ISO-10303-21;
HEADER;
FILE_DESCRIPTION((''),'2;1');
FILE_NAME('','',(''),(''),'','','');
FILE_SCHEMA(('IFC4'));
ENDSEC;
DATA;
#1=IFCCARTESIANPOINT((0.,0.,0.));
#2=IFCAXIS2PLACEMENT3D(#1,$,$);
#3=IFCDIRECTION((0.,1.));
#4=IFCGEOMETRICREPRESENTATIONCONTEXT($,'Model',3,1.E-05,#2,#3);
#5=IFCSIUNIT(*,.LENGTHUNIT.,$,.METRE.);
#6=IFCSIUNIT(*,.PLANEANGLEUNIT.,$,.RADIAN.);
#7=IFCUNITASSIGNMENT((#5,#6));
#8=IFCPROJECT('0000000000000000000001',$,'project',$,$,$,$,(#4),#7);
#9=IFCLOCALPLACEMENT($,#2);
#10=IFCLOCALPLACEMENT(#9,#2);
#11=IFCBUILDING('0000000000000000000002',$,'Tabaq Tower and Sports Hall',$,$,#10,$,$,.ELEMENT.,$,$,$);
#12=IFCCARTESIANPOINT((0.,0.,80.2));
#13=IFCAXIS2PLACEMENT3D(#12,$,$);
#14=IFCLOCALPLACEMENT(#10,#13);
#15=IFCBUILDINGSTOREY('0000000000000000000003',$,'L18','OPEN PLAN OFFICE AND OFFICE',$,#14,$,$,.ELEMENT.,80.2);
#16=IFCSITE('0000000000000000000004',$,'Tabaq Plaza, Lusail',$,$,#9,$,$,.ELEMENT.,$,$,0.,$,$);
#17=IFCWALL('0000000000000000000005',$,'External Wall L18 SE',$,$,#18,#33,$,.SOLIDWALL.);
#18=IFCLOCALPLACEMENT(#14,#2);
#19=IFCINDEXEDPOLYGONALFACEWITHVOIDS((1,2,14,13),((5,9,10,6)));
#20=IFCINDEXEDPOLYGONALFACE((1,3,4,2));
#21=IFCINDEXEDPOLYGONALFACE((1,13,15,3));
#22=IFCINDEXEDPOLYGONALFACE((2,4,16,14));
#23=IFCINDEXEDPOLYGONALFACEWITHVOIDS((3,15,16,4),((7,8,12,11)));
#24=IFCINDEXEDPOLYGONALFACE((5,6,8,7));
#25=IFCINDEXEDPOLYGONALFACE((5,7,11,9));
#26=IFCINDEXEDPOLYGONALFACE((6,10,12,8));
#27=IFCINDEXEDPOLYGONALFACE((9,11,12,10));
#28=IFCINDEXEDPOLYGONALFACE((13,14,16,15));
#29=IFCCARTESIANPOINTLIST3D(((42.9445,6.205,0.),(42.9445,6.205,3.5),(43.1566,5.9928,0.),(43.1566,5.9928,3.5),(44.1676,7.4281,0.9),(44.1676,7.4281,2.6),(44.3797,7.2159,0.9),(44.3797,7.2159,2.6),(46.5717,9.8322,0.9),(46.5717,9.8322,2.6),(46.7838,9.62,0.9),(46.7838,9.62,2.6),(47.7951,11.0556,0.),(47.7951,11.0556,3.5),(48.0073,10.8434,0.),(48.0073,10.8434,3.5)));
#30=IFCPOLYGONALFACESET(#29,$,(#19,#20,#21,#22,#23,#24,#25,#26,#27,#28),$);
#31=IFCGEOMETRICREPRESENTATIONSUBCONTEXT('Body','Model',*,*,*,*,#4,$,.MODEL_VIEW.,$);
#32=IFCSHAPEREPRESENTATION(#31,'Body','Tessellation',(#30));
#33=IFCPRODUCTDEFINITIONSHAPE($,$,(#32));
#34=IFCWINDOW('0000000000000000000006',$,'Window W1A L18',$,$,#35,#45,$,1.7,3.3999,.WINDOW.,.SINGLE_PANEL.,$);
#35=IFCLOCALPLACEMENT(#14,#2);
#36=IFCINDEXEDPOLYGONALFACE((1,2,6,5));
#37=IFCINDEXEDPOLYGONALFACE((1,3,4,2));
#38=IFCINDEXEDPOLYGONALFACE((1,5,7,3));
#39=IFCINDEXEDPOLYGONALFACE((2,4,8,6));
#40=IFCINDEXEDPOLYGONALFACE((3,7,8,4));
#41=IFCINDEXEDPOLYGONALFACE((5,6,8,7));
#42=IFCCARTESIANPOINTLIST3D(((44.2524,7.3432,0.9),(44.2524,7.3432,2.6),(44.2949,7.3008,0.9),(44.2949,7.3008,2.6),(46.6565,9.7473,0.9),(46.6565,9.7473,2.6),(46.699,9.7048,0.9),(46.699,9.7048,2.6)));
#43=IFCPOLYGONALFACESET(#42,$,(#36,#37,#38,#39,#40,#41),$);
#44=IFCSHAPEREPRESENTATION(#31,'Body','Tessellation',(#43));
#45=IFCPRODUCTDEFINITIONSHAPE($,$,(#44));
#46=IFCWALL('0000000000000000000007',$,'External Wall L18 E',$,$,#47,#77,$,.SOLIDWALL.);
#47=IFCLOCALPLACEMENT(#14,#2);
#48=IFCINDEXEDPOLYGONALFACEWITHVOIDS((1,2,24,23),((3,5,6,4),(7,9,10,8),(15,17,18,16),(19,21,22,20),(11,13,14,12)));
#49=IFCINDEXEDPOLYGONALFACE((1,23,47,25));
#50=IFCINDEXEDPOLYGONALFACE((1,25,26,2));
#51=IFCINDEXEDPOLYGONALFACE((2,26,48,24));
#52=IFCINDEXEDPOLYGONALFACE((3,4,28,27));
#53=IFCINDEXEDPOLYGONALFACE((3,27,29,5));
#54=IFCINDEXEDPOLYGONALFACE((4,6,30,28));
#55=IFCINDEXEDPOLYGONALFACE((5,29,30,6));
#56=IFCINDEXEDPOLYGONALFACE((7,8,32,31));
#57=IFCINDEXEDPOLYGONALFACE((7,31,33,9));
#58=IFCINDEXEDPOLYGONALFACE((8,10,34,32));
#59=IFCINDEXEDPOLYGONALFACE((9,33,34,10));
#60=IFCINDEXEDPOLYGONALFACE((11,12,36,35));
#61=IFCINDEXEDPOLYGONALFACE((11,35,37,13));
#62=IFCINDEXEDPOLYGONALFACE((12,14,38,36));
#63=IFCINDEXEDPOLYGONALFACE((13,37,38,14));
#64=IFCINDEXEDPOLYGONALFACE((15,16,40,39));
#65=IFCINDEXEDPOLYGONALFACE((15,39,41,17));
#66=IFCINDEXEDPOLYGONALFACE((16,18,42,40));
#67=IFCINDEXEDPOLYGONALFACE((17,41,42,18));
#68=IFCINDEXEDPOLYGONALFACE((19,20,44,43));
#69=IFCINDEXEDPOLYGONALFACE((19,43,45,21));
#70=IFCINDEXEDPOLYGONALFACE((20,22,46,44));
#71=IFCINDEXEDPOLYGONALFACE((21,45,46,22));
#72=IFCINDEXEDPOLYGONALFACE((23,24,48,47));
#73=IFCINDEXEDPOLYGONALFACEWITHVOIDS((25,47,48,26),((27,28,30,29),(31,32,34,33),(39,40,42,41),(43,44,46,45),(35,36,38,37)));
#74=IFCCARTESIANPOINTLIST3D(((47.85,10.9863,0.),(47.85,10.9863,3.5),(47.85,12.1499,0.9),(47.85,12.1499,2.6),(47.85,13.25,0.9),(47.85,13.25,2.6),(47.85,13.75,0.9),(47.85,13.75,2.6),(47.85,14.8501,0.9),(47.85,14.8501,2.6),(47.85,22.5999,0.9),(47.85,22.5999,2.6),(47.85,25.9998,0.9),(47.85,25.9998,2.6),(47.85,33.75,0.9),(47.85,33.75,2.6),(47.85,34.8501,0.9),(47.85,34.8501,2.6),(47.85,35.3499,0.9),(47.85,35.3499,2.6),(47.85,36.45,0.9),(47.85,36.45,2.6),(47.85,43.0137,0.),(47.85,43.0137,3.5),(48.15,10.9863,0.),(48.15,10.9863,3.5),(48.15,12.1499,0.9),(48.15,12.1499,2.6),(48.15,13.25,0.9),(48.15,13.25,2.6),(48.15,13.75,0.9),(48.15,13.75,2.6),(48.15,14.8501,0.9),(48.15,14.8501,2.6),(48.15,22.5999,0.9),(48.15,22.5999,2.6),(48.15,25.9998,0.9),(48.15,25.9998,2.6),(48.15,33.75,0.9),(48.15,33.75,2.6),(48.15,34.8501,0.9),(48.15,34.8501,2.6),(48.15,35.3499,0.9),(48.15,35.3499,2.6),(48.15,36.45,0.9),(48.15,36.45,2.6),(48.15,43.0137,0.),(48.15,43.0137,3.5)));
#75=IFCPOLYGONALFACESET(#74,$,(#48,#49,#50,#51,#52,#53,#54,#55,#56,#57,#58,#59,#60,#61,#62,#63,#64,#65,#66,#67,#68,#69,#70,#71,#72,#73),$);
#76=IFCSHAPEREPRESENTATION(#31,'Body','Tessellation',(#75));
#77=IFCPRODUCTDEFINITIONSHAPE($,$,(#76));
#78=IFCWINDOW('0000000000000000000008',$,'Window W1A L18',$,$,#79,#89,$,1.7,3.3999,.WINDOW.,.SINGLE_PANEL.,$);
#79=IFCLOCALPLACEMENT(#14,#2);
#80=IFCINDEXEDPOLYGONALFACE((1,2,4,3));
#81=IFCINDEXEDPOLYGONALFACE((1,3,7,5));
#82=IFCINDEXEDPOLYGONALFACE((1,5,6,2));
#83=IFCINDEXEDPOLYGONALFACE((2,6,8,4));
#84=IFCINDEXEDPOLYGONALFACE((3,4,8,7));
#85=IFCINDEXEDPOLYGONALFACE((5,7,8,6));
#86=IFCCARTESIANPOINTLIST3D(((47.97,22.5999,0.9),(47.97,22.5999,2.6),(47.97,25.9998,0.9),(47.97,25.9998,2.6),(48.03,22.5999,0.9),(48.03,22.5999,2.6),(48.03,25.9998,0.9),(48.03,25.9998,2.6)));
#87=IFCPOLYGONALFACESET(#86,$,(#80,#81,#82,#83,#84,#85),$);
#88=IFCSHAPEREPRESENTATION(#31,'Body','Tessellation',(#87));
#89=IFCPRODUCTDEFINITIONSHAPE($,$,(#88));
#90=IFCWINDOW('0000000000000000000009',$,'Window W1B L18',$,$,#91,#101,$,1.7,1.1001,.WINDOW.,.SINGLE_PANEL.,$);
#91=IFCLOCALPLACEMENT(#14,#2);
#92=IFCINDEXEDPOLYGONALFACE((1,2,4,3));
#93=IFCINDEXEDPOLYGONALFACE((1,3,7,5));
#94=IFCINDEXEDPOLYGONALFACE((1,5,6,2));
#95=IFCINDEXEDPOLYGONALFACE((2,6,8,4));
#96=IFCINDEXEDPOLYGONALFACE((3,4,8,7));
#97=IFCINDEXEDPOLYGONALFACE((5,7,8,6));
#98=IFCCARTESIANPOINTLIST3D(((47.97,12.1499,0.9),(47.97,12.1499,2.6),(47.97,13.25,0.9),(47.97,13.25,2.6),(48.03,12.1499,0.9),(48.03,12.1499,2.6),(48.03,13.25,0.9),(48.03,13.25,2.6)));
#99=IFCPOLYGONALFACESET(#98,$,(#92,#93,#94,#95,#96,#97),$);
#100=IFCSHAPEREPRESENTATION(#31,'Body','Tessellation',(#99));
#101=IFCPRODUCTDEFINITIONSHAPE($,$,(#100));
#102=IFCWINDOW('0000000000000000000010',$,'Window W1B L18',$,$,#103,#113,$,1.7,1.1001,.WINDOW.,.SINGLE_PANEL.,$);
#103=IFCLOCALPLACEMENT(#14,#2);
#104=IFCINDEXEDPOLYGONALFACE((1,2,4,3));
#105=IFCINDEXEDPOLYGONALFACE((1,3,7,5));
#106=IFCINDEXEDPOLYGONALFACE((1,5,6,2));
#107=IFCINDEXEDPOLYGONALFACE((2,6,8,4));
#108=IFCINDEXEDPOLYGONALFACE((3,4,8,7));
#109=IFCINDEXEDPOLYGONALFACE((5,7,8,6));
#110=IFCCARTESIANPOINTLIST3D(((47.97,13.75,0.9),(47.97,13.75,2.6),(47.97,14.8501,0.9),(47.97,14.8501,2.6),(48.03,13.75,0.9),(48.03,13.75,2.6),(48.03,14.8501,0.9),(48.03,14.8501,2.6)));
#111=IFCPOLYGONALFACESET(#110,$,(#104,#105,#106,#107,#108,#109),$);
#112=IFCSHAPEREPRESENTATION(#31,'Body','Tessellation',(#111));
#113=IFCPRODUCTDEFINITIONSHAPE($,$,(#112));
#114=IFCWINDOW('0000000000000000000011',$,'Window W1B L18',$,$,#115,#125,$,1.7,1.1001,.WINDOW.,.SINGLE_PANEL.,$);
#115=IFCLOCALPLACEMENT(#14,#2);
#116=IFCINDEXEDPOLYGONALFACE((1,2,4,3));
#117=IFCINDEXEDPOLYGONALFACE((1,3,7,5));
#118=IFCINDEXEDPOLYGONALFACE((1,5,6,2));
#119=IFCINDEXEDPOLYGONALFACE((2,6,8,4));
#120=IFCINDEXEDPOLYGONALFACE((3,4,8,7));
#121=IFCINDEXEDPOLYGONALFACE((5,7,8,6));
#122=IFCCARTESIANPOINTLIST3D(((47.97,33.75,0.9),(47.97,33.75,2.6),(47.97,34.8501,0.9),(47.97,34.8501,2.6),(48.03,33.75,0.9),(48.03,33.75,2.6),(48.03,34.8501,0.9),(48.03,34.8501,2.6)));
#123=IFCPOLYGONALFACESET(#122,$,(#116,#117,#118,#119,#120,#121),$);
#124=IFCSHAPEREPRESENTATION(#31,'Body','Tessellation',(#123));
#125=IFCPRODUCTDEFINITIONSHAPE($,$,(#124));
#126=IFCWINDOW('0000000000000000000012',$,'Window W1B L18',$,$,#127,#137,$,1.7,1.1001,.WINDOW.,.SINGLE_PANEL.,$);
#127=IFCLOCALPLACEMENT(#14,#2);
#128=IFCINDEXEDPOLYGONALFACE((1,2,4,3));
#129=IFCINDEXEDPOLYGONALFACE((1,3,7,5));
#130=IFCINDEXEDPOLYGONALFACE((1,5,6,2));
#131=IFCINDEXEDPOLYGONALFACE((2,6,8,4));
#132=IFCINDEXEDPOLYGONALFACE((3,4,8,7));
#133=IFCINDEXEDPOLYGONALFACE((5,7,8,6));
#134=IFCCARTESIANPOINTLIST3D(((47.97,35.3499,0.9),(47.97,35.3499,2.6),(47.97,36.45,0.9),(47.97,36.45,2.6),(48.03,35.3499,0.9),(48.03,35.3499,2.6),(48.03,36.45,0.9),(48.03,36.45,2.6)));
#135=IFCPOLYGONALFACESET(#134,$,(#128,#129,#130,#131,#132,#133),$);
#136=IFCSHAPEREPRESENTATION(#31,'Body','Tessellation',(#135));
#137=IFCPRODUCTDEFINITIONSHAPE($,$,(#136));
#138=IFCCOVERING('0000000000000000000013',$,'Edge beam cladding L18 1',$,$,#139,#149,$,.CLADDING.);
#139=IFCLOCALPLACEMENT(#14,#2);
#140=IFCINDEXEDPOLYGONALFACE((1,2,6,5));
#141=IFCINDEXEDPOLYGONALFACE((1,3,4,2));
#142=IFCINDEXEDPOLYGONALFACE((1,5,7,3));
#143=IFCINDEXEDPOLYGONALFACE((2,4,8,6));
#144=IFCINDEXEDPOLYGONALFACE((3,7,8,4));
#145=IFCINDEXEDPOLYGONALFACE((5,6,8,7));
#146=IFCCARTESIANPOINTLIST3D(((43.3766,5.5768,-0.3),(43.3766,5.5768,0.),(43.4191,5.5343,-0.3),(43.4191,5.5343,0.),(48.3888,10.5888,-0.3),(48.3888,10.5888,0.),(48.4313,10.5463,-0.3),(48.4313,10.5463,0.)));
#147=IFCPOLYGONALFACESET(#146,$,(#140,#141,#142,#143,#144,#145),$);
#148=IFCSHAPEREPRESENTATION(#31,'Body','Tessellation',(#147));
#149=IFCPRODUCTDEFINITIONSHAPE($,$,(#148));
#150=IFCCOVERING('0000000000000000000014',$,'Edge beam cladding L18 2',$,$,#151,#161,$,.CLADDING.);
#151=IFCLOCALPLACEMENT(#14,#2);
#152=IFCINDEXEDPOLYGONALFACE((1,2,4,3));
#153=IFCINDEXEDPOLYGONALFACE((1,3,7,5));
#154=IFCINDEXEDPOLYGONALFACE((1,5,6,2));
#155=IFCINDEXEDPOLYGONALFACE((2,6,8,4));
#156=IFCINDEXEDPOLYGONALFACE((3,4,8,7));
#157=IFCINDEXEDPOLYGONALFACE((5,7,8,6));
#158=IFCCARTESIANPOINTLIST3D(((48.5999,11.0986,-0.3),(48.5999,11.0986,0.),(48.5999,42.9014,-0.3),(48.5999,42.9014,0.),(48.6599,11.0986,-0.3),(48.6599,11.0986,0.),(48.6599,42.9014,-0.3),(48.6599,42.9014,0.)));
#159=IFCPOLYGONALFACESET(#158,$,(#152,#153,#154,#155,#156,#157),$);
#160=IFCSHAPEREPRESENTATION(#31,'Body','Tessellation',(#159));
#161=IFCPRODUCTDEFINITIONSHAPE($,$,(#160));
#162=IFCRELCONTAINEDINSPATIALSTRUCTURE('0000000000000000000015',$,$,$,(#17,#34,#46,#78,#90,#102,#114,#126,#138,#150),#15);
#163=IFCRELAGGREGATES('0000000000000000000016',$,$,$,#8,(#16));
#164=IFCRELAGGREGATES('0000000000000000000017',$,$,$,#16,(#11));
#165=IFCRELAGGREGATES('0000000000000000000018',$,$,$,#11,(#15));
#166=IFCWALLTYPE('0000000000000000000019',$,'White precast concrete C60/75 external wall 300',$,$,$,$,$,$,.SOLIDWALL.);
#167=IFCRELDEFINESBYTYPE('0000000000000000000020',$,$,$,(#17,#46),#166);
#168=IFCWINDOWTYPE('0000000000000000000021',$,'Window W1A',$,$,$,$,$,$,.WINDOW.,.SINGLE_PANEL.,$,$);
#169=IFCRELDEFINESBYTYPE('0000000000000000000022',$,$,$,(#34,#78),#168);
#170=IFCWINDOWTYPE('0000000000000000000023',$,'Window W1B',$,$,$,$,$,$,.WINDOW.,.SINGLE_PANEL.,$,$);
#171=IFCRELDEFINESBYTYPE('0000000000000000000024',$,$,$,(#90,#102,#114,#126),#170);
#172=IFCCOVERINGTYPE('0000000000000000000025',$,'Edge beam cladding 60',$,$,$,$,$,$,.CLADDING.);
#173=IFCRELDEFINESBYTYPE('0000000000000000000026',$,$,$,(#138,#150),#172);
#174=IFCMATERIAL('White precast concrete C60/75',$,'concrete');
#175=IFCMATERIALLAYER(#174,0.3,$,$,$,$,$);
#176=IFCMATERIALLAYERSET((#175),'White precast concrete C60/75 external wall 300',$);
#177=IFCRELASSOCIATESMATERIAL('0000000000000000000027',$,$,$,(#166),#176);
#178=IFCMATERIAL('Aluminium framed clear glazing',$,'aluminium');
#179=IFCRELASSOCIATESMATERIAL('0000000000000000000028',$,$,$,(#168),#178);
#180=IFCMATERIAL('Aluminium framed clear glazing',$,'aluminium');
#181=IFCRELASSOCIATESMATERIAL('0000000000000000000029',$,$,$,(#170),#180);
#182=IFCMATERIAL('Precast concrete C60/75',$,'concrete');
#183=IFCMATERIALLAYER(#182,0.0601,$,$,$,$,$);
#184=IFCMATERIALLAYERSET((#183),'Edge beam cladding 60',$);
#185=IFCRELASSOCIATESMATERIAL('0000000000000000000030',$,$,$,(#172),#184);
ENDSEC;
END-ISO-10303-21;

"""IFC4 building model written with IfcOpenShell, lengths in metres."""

from ifc_helpers import new_model, si_unit, direction, frame, frame_2d, origin, place, context, subcontext, project, spatial, rectangle, extrude, material, layer, layer_set, type_object, element, fill, save


model = new_model("IFC4")

# Units and contexts
model_context = context("Model", 3, precision=1e-05, world=origin(), true_north=direction((0.0, 1.0)))
body_context = subcontext(model_context, "Body", "Model", "MODEL_VIEW")
ifc_project = project(units=[si_unit("LENGTHUNIT", "METRE"), si_unit("PLANEANGLEUNIT", "RADIAN")], contexts=[model_context])

# Site, building, storey
site_placement = place(None, origin())
site = spatial("IfcSite", under=ifc_project, at=site_placement, Name="Tabaq Plaza, Lusail", CompositionType="ELEMENT", RefElevation=0.0)
building_placement = place(site_placement, origin())
building = spatial("IfcBuilding", under=site, at=building_placement, Name="Tabaq Tower and Sports Hall", CompositionType="ELEMENT")
storey_placement = place(building_placement, frame((0.0, 0.0, 80.2)))
storey = spatial("IfcBuildingStorey", under=building, at=storey_placement, Name="L18", Description="OPEN PLAN OFFICE AND OFFICE", CompositionType="ELEMENT", Elevation=80.2)

# Wall, opening, window
ifc_material_1 = material(Name="White precast concrete C60/75", Category="concrete")
ifc_layer_1 = layer(ifc_material_1, 0.3)
ifc_layer_set_1 = layer_set([ifc_layer_1], Name="White precast concrete C60/75 external wall 300")
wall_type_1 = type_object("IfcWallType", Name="White precast concrete C60/75 external wall 300", PredefinedType="SOLIDWALL", material=ifc_layer_set_1)
wall_1_placement = place(storey_placement, frame((43.0505, 6.0989, 0.0), z_axis=(0.0, 0.0, 1.0), x_axis=(0.707107, 0.707107, 0.0)))
wall_1 = element("IfcWall", 1, at=wall_1_placement, inside=storey, type_object=wall_type_1, Name="External Wall L18 SE", PredefinedType="SOLIDWALL", context=body_context, shape_type="SweptSolid", body=[
    extrude(rectangle(XDim=6.8599, YDim=0.3, at=frame_2d((3.4299, 0.0))), origin(), (0.0, 0.0, 1.0), 3.5),
])
opening_1_placement = place(wall_1_placement, frame((1.7297, 0.0, 0.8999)))
opening_1 = element("IfcOpeningElement", 2, at=opening_1_placement, cuts=wall_1, PredefinedType="OPENING", context=body_context, shape_type="SweptSolid", body=[
    extrude(rectangle(XDim=3.3999, YDim=1.7, at=frame_2d((1.7, 0.8501))), frame((0.0, 0.1602, 0.0), z_axis=(0.0, -1.0, 0.0), x_axis=(1.0, 0.0, 0.0)), (0.0, 0.0, 1.0), 0.3201),
])
ifc_material_2 = material(Name="Aluminium framed clear glazing", Category="aluminium")
window_type_1 = type_object("IfcWindowType", Name="Window W1A", PartitioningType="SINGLE_PANEL", PredefinedType="WINDOW", material=ifc_material_2)
window_1_placement = place(opening_1_placement, origin())
window_1 = element("IfcWindow", 3, at=window_1_placement, inside=storey, type_object=window_type_1, Name="Window W1A L18", OverallHeight=1.7, OverallWidth=3.3999, PartitioningType="SINGLE_PANEL", PredefinedType="WINDOW", context=body_context, shape_type="SweptSolid", body=[
    extrude(rectangle(XDim=3.3999, YDim=1.7, at=frame_2d((1.7, 0.8501))), frame((0.0, 0.03, 0.0), z_axis=(0.0, -1.0, 0.0), x_axis=(1.0, 0.0, 0.0)), (0.0, 0.0, 1.0), 0.0601),
])
fill(opening_1, window_1)

# Wall, openings, windows
wall_2_placement = place(storey_placement, frame((48.0, 10.9863, 0.0), z_axis=(0.0, 0.0, 1.0), x_axis=(0.0, 1.0, 0.0)))
wall_2 = element("IfcWall", 4, at=wall_2_placement, inside=storey, type_object=wall_type_1, Name="External Wall L18 E", PredefinedType="SOLIDWALL", context=body_context, shape_type="SweptSolid", body=[
    extrude(rectangle(XDim=32.0273, YDim=0.3, at=frame_2d((16.0137, 0.0))), origin(), (0.0, 0.0, 1.0), 3.5),
])
opening_2_placement = place(wall_2_placement, frame((1.1636, 0.0, 0.8999)))
opening_2 = element("IfcOpeningElement", 5, at=opening_2_placement, cuts=wall_2, PredefinedType="OPENING", context=body_context, shape_type="SweptSolid", body=[
    extrude(rectangle(XDim=1.1001, YDim=1.7, at=frame_2d((0.55, 0.8501))), frame((0.0, 0.1602, 0.0), z_axis=(0.0, -1.0, 0.0), x_axis=(1.0, 0.0, 0.0)), (0.0, 0.0, 1.0), 0.3201),
])
opening_3_placement = place(wall_2_placement, frame((2.7637, 0.0, 0.8999)))
opening_3 = element("IfcOpeningElement", 6, at=opening_3_placement, cuts=wall_2, PredefinedType="OPENING", context=body_context, shape_type="SweptSolid", body=[
    extrude(rectangle(XDim=1.1001, YDim=1.7, at=frame_2d((0.55, 0.8501))), frame((0.0, 0.1602, 0.0), z_axis=(0.0, -1.0, 0.0), x_axis=(1.0, 0.0, 0.0)), (0.0, 0.0, 1.0), 0.3201),
])
opening_4_placement = place(wall_2_placement, frame((11.6135, 0.0, 0.8999)))
opening_4 = element("IfcOpeningElement", 7, at=opening_4_placement, cuts=wall_2, PredefinedType="OPENING", context=body_context, shape_type="SweptSolid", body=[
    extrude(rectangle(XDim=3.3999, YDim=1.7, at=frame_2d((1.7, 0.8501))), frame((0.0, 0.1602, 0.0), z_axis=(0.0, -1.0, 0.0), x_axis=(1.0, 0.0, 0.0)), (0.0, 0.0, 1.0), 0.3201),
])
opening_5_placement = place(wall_2_placement, frame((22.7637, 0.0, 0.8999)))
opening_5 = element("IfcOpeningElement", 8, at=opening_5_placement, cuts=wall_2, PredefinedType="OPENING", context=body_context, shape_type="SweptSolid", body=[
    extrude(rectangle(XDim=1.1001, YDim=1.7, at=frame_2d((0.55, 0.8501))), frame((0.0, 0.1602, 0.0), z_axis=(0.0, -1.0, 0.0), x_axis=(1.0, 0.0, 0.0)), (0.0, 0.0, 1.0), 0.3201),
])
opening_6_placement = place(wall_2_placement, frame((24.3635, 0.0, 0.8999)))
opening_6 = element("IfcOpeningElement", 9, at=opening_6_placement, cuts=wall_2, PredefinedType="OPENING", context=body_context, shape_type="SweptSolid", body=[
    extrude(rectangle(XDim=1.1001, YDim=1.7, at=frame_2d((0.55, 0.8501))), frame((0.0, 0.1602, 0.0), z_axis=(0.0, -1.0, 0.0), x_axis=(1.0, 0.0, 0.0)), (0.0, 0.0, 1.0), 0.3201),
])
window_2_placement = place(opening_4_placement, origin())
window_2 = element("IfcWindow", 10, at=window_2_placement, inside=storey, type_object=window_type_1, Name="Window W1A L18", OverallHeight=1.7, OverallWidth=3.3999, PartitioningType="SINGLE_PANEL", PredefinedType="WINDOW", context=body_context, shape_type="SweptSolid", body=[
    extrude(rectangle(XDim=3.3999, YDim=1.7, at=frame_2d((1.7, 0.8501))), frame((0.0, 0.03, 0.0), z_axis=(0.0, -1.0, 0.0), x_axis=(1.0, 0.0, 0.0)), (0.0, 0.0, 1.0), 0.0601),
])
fill(opening_4, window_2)
ifc_material_3 = material(Name="Aluminium framed clear glazing", Category="aluminium")
window_type_2 = type_object("IfcWindowType", Name="Window W1B", PartitioningType="SINGLE_PANEL", PredefinedType="WINDOW", material=ifc_material_3)
window_3_placement = place(opening_2_placement, origin())
window_3 = element("IfcWindow", 11, at=window_3_placement, inside=storey, type_object=window_type_2, Name="Window W1B L18", OverallHeight=1.7, OverallWidth=1.1001, PartitioningType="SINGLE_PANEL", PredefinedType="WINDOW", context=body_context, shape_type="SweptSolid", body=[
    extrude(rectangle(XDim=1.1001, YDim=1.7, at=frame_2d((0.55, 0.8501))), frame((0.0, 0.03, 0.0), z_axis=(0.0, -1.0, 0.0), x_axis=(1.0, 0.0, 0.0)), (0.0, 0.0, 1.0), 0.0601),
])
fill(opening_2, window_3)
window_4_placement = place(opening_3_placement, origin())
window_4 = element("IfcWindow", 12, at=window_4_placement, inside=storey, type_object=window_type_2, Name="Window W1B L18", OverallHeight=1.7, OverallWidth=1.1001, PartitioningType="SINGLE_PANEL", PredefinedType="WINDOW", context=body_context, shape_type="SweptSolid", body=[
    extrude(rectangle(XDim=1.1001, YDim=1.7, at=frame_2d((0.55, 0.8501))), frame((0.0, 0.03, 0.0), z_axis=(0.0, -1.0, 0.0), x_axis=(1.0, 0.0, 0.0)), (0.0, 0.0, 1.0), 0.0601),
])
fill(opening_3, window_4)
window_5_placement = place(opening_5_placement, origin())
window_5 = element("IfcWindow", 13, at=window_5_placement, inside=storey, type_object=window_type_2, Name="Window W1B L18", OverallHeight=1.7, OverallWidth=1.1001, PartitioningType="SINGLE_PANEL", PredefinedType="WINDOW", context=body_context, shape_type="SweptSolid", body=[
    extrude(rectangle(XDim=1.1001, YDim=1.7, at=frame_2d((0.55, 0.8501))), frame((0.0, 0.03, 0.0), z_axis=(0.0, -1.0, 0.0), x_axis=(1.0, 0.0, 0.0)), (0.0, 0.0, 1.0), 0.0601),
])
fill(opening_5, window_5)
window_6_placement = place(opening_6_placement, origin())
window_6 = element("IfcWindow", 14, at=window_6_placement, inside=storey, type_object=window_type_2, Name="Window W1B L18", OverallHeight=1.7, OverallWidth=1.1001, PartitioningType="SINGLE_PANEL", PredefinedType="WINDOW", context=body_context, shape_type="SweptSolid", body=[
    extrude(rectangle(XDim=1.1001, YDim=1.7, at=frame_2d((0.55, 0.8501))), frame((0.0, 0.03, 0.0), z_axis=(0.0, -1.0, 0.0), x_axis=(1.0, 0.0, 0.0)), (0.0, 0.0, 1.0), 0.0601),
])
fill(opening_6, window_6)

# Coverings
ifc_material_4 = material(Name="Precast concrete C60/75", Category="concrete")
ifc_layer_2 = layer(ifc_material_4, 0.0601)
ifc_layer_set_2 = layer_set([ifc_layer_2], Name="Edge beam cladding 60")
covering_type_1 = type_object("IfcCoveringType", Name="Edge beam cladding 60", PredefinedType="CLADDING", material=ifc_layer_set_2)
covering_1_placement = place(storey_placement, frame((43.3979, 5.5557, -0.3), z_axis=(0.0, 0.0, 1.0), x_axis=(0.707124, 0.70709, 0.0)))
element("IfcCovering", 15, at=covering_1_placement, inside=storey, type_object=covering_type_1, Name="Edge beam cladding L18 1", PredefinedType="CLADDING", context=body_context, shape_type="SweptSolid", body=[
    extrude(rectangle(XDim=7.0881, YDim=0.0601, at=frame_2d((3.5439, 0.0))), origin(), (0.0, 0.0, 1.0), 0.3),
])
covering_2_placement = place(storey_placement, frame((48.6299, 11.0986, -0.3), z_axis=(0.0, 0.0, 1.0), x_axis=(0.0, 1.0, 0.0)))
element("IfcCovering", 16, at=covering_2_placement, inside=storey, type_object=covering_type_1, Name="Edge beam cladding L18 2", PredefinedType="CLADDING", context=body_context, shape_type="SweptSolid", body=[
    extrude(rectangle(XDim=31.8027, YDim=0.0601, at=frame_2d((15.9014, 0.0))), origin(), (0.0, 0.0, 1.0), 0.3),
])

save(model, "model.ifc")
